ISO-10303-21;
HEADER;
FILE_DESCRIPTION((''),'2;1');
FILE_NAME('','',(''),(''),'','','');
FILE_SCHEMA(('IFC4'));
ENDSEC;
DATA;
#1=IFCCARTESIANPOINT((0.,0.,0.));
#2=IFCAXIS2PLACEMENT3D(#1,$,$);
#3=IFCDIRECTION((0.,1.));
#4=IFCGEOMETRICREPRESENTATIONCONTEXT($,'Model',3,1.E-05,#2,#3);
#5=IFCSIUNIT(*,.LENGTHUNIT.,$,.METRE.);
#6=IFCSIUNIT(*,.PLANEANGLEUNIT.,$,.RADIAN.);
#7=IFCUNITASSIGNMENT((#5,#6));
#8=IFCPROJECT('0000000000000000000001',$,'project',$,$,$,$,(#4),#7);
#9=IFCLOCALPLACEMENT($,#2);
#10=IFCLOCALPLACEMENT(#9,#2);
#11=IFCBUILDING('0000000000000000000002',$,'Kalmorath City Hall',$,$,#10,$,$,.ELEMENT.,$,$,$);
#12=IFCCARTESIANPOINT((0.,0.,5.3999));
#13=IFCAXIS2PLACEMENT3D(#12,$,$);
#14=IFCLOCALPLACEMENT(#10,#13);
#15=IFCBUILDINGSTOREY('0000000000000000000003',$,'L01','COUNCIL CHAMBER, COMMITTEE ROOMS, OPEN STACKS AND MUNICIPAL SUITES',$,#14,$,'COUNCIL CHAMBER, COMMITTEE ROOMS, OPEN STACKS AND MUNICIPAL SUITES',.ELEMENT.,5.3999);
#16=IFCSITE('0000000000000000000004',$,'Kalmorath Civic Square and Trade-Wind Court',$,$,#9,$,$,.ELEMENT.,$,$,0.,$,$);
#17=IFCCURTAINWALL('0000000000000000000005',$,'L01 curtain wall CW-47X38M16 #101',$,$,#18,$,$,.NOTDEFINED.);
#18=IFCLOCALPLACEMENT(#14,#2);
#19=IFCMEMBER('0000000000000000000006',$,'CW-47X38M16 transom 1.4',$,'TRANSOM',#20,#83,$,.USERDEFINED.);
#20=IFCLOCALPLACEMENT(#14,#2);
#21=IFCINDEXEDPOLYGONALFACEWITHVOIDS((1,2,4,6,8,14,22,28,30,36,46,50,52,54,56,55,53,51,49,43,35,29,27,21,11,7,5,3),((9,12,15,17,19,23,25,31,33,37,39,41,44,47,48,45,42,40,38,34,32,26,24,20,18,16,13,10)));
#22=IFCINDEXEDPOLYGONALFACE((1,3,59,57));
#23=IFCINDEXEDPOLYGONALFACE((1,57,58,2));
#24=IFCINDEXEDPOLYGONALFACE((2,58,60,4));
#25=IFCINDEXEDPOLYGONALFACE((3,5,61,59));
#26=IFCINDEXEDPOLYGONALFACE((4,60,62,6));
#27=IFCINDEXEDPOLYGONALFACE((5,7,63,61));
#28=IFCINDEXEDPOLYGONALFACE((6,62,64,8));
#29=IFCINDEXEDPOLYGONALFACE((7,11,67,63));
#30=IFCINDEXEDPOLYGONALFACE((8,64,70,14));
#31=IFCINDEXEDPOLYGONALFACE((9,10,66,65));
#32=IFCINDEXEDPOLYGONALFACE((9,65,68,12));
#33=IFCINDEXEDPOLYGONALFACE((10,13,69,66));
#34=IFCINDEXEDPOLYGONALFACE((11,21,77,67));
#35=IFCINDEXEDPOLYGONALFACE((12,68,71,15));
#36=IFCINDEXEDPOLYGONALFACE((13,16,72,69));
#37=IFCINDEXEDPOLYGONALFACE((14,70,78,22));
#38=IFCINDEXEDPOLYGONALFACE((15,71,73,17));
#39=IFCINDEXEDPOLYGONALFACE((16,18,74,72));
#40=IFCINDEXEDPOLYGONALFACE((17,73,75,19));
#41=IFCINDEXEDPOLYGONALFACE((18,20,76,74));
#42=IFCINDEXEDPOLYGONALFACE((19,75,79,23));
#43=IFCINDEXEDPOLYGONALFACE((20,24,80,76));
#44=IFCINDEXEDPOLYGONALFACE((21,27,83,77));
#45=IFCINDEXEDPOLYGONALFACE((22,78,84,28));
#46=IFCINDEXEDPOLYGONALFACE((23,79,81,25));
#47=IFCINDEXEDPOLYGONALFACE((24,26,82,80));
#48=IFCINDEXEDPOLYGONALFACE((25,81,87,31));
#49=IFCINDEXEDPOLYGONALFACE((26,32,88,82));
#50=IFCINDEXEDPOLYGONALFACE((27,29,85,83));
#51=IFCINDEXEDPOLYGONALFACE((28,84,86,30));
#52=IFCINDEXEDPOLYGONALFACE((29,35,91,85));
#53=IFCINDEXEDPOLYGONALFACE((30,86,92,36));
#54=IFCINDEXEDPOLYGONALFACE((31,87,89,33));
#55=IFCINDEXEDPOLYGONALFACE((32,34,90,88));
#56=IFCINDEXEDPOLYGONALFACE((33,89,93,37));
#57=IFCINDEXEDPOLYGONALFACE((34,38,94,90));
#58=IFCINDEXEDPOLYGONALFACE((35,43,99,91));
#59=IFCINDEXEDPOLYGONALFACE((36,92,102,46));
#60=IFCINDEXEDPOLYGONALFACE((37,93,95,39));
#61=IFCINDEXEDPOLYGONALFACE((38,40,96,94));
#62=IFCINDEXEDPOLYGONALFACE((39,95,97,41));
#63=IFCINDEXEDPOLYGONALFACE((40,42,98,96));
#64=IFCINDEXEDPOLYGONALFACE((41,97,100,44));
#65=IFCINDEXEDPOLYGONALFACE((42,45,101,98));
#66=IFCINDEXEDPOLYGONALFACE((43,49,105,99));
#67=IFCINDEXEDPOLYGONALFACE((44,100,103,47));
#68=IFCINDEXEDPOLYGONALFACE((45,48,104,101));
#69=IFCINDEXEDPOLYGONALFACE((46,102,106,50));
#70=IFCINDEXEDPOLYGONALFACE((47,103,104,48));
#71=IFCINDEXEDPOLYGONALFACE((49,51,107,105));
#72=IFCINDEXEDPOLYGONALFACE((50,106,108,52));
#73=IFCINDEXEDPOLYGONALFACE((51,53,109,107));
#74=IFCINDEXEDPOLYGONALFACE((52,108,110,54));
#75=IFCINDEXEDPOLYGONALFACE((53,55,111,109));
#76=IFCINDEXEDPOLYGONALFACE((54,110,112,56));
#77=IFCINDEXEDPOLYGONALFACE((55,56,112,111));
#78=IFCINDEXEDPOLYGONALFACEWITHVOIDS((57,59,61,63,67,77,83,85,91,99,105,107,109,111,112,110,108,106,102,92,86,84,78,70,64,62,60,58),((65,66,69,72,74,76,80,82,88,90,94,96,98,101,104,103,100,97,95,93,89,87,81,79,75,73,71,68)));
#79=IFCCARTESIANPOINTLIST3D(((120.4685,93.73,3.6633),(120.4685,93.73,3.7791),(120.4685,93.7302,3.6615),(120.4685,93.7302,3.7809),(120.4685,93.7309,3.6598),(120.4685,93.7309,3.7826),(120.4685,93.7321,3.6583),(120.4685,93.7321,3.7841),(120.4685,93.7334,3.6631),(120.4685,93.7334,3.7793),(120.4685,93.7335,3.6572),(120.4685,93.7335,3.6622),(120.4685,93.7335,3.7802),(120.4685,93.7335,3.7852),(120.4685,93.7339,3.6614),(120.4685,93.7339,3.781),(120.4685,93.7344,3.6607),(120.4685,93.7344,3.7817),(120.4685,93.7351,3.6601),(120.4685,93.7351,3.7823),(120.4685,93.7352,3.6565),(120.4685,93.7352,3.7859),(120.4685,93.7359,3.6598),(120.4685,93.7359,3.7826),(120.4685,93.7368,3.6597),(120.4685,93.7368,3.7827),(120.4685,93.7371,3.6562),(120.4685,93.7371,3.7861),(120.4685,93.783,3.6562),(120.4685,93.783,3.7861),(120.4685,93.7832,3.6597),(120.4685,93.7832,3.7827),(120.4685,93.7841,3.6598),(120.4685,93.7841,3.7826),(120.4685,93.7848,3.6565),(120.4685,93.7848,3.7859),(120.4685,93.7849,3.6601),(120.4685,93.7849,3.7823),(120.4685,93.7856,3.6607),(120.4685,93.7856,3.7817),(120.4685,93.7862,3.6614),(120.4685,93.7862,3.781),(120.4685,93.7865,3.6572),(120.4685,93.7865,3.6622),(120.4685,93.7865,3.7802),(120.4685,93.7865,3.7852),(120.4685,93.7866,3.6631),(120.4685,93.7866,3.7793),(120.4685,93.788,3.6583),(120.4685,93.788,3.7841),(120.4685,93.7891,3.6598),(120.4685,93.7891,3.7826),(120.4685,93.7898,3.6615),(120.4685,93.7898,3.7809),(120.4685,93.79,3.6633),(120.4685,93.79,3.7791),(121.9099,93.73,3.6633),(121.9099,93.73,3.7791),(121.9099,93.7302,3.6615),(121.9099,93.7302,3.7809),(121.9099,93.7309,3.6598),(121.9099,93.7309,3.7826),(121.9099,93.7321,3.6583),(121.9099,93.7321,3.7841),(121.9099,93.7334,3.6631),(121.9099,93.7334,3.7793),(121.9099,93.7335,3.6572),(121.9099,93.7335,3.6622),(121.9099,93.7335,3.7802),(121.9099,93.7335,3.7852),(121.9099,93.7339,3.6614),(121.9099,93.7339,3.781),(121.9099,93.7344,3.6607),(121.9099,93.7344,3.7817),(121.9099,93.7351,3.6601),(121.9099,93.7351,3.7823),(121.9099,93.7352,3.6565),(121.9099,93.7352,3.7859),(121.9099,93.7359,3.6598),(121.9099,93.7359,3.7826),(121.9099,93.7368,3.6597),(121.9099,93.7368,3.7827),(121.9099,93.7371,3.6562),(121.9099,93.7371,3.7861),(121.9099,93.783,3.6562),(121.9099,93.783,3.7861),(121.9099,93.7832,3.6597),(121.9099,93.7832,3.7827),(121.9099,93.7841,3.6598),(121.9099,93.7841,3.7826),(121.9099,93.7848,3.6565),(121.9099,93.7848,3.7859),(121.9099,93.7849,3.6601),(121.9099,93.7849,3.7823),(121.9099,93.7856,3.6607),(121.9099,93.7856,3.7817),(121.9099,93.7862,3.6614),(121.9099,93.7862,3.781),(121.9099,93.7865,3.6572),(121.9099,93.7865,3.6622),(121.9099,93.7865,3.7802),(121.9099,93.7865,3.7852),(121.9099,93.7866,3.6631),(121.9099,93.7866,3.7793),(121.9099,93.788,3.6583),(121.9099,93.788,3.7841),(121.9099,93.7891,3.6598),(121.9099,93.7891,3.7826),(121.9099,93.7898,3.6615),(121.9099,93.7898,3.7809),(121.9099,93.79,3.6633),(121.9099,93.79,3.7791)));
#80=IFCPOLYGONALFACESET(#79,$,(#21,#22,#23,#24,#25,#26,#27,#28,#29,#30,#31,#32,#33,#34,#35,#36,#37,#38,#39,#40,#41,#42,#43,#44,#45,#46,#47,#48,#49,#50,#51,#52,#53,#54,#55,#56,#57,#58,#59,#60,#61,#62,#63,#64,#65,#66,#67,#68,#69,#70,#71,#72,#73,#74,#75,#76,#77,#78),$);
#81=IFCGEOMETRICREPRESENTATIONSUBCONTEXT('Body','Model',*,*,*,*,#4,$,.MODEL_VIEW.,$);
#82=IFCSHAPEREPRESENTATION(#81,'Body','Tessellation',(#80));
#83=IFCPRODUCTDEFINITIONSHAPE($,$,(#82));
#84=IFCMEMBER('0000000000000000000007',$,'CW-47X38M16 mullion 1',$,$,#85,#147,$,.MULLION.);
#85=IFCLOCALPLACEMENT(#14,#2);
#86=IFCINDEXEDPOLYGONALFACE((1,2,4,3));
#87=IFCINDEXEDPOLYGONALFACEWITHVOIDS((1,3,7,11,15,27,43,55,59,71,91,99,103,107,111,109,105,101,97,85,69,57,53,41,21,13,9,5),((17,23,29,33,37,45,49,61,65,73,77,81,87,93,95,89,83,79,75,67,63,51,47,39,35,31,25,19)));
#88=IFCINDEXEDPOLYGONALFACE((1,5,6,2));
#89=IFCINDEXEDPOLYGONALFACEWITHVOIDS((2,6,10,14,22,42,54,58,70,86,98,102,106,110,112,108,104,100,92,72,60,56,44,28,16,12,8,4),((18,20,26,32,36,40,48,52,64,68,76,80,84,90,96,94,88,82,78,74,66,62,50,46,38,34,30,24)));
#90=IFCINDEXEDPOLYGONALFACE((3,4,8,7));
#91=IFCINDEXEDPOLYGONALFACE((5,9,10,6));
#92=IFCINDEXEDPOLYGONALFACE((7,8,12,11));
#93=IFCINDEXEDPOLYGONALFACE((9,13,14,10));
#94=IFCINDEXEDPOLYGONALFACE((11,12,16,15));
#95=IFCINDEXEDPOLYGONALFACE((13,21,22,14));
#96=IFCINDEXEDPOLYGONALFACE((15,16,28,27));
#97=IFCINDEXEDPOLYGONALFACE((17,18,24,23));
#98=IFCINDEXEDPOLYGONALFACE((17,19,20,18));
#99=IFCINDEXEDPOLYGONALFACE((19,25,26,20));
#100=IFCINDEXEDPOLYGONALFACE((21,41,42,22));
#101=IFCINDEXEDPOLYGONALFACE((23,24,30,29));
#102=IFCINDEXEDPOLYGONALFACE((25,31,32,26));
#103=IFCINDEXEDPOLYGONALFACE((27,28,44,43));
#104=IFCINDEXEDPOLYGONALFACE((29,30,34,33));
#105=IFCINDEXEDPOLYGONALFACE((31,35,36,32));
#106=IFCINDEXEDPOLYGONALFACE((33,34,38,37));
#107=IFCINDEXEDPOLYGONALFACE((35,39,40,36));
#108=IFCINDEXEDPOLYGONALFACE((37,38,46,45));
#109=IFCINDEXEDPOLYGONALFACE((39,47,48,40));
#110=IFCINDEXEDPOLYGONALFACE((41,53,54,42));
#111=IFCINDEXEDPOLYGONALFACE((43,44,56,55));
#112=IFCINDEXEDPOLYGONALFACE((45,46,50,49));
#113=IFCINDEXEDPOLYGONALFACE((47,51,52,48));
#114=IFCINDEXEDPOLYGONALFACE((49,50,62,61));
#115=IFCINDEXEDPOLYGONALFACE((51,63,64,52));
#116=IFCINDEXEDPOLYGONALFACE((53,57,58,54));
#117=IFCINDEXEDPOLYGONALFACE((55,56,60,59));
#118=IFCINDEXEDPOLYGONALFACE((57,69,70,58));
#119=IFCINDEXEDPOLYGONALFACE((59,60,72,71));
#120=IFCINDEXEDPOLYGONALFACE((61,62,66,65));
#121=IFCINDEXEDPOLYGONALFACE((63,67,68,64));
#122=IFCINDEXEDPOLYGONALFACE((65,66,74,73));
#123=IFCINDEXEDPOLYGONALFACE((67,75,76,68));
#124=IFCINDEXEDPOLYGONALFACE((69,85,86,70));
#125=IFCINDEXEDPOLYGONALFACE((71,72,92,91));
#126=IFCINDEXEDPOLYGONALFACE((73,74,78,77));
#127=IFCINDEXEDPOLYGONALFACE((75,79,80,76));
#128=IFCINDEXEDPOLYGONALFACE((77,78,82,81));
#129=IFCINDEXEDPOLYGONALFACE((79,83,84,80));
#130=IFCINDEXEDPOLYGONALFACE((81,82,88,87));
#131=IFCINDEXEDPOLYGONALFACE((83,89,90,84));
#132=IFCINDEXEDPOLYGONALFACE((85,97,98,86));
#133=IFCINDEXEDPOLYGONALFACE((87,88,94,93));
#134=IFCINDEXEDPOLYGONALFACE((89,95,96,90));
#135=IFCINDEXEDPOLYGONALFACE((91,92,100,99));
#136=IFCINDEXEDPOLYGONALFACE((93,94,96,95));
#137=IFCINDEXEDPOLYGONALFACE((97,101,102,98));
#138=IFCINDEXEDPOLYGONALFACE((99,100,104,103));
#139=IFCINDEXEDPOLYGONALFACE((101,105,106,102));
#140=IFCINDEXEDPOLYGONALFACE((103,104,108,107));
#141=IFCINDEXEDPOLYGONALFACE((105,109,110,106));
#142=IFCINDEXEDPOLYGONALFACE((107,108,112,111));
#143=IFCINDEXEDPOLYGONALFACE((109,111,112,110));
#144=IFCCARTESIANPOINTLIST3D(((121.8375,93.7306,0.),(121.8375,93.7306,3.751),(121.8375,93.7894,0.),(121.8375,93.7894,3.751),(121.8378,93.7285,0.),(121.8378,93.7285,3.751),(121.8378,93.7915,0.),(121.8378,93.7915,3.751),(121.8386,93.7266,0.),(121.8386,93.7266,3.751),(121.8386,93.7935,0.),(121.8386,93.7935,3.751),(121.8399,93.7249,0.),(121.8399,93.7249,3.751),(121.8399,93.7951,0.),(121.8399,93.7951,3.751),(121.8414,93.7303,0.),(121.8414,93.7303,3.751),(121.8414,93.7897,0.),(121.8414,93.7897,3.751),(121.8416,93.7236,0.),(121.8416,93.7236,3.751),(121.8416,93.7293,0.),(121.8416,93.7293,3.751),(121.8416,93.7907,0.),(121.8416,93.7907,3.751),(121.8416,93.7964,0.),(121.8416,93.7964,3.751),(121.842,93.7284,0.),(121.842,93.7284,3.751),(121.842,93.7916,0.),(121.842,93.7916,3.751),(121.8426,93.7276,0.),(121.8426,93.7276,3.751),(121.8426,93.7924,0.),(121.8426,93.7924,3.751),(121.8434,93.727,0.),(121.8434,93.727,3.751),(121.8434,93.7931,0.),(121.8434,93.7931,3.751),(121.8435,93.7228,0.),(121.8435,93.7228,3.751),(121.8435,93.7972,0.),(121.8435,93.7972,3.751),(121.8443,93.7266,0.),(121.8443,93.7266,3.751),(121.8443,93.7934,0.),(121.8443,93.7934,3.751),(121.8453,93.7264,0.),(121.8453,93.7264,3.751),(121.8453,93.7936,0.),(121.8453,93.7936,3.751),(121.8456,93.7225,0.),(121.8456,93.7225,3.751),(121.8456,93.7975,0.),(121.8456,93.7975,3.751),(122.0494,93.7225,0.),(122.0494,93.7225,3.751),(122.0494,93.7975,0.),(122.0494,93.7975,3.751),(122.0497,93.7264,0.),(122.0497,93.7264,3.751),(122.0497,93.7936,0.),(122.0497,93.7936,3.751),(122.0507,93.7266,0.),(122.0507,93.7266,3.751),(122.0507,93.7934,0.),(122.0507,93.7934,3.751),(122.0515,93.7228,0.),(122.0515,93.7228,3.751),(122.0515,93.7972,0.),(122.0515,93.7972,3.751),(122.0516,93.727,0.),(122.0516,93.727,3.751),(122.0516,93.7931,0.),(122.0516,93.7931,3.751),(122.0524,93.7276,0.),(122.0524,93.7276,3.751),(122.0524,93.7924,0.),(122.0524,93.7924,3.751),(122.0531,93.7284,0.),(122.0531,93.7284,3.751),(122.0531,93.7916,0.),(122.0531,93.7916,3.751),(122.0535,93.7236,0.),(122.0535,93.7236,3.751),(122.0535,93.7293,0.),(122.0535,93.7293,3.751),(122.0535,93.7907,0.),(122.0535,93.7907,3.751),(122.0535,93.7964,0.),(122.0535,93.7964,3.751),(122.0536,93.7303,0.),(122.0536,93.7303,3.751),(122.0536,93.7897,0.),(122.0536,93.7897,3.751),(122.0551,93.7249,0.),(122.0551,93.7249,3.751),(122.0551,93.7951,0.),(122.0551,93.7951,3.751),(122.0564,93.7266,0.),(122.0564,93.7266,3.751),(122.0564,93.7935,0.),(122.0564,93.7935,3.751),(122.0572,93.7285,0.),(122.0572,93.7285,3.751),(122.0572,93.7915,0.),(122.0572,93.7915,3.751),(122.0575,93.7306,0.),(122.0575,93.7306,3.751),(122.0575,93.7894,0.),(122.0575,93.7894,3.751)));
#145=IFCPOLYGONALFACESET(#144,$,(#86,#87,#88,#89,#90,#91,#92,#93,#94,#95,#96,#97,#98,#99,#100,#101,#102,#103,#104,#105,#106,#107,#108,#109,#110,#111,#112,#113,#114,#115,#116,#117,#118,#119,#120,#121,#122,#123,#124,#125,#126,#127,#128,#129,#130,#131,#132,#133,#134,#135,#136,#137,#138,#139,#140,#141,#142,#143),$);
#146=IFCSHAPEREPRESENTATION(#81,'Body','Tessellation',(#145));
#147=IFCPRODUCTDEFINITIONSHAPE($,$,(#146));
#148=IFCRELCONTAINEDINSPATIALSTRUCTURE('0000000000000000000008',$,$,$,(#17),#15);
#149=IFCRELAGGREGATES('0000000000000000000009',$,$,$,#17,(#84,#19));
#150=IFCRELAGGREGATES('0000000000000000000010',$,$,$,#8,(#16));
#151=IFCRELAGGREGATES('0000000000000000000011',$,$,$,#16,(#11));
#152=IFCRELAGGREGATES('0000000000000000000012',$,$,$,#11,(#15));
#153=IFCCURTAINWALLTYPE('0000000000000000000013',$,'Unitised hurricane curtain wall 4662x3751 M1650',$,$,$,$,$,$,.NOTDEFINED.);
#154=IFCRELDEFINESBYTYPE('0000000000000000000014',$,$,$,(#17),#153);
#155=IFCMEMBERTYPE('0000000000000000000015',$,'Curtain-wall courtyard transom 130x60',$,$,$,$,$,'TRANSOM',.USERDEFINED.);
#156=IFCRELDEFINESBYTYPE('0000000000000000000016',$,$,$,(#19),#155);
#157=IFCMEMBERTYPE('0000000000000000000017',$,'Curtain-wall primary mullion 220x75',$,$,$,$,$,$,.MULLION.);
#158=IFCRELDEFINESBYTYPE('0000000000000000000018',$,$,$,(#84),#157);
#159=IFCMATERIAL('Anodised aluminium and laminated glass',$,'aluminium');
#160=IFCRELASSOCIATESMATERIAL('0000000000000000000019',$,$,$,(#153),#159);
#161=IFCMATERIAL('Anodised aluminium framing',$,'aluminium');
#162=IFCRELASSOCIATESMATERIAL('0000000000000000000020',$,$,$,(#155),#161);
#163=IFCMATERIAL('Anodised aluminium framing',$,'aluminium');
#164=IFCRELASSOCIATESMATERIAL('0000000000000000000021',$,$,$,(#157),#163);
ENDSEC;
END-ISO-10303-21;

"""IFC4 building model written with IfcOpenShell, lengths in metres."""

from ifc_helpers import new_model, si_unit, direction, frame, origin, origin_2d, place, context, subcontext, project, spatial, hollow_rectangle, extrude, material, material_profile, profile_set, type_object, element, aggregate, save


model = new_model("IFC4")

# Units and contexts
model_context = context("Model", 3, precision=1e-05, world=origin(), true_north=direction((0.0, 1.0)))
body_context = subcontext(model_context, "Body", "Model", "MODEL_VIEW")
ifc_project = project(units=[si_unit("LENGTHUNIT", "METRE"), si_unit("PLANEANGLEUNIT", "RADIAN")], contexts=[model_context])

# Site, building, storey
site_placement = place(None, origin())
site = spatial("IfcSite", under=ifc_project, at=site_placement, Name="Kalmorath Civic Square and Trade-Wind Court", CompositionType="ELEMENT", RefElevation=0.0)
building_placement = place(site_placement, origin())
building = spatial("IfcBuilding", under=site, at=building_placement, Name="Kalmorath City Hall", CompositionType="ELEMENT")
storey_placement = place(building_placement, frame((0.0, 0.0, 5.3999)))
storey = spatial("IfcBuildingStorey", under=building, at=storey_placement, Name="L01", Description="COUNCIL CHAMBER, COMMITTEE ROOMS, OPEN STACKS AND MUNICIPAL SUITES", LongName="COUNCIL CHAMBER, COMMITTEE ROOMS, OPEN STACKS AND MUNICIPAL SUITES", CompositionType="ELEMENT", Elevation=5.3999)

# Curtain wall, members
ifc_material_1 = material(Name="Anodised aluminium and laminated glass", Category="aluminium")
curtain_wall_type = type_object("IfcCurtainWallType", Name="Unitised hurricane curtain wall 4662x3751 M1650", PredefinedType="NOTDEFINED", material=ifc_material_1)
curtain_wall_placement = place(storey_placement, origin())
curtain_wall = element("IfcCurtainWall", 1, at=curtain_wall_placement, inside=storey, type_object=curtain_wall_type, Name="L01 curtain wall CW-47X38M16 #101", PredefinedType="NOTDEFINED")
ifc_material_2 = material(Name="Anodised aluminium framing", Category="aluminium")
ifc_material_profile_1 = material_profile(ifc_material_2, hollow_rectangle(XDim=0.0601, YDim=0.1299, WallThickness=0.0034, InnerFilletRadius=0.0034, OuterFilletRadius=0.0071, at=origin_2d()), Name="ALU-TRN-130X60X3.5")
ifc_profile_set_1 = profile_set([ifc_material_profile_1], Name="Anodised aluminium framing")
member_type_1 = type_object("IfcMemberType", Name="Curtain-wall courtyard transom 130x60", ElementType="TRANSOM", PredefinedType="USERDEFINED", material=ifc_profile_set_1)
member_1_placement = place(storey_placement, frame((121.9099, 93.76, 3.7212), z_axis=(-1.0, 0.0, 0.0), x_axis=(0.0, -1.0, 0.0)))
member_1 = element("IfcMember", 2, at=member_1_placement, type_object=member_type_1, Name="CW-47X38M16 transom 1.4", ObjectType="TRANSOM", PredefinedType="USERDEFINED", context=body_context, shape_type="SweptSolid", body=[
    extrude(hollow_rectangle(XDim=0.0601, YDim=0.1299, WallThickness=0.0034, InnerFilletRadius=0.0034, OuterFilletRadius=0.0071, at=origin_2d()), origin(), (0.0, 0.0, 1.0), 1.4414),
])
ifc_material_3 = material(Name="Anodised aluminium framing", Category="aluminium")
ifc_material_profile_2 = material_profile(ifc_material_3, hollow_rectangle(XDim=0.075, YDim=0.22, WallThickness=0.0039, InnerFilletRadius=0.0039, OuterFilletRadius=0.0081, at=origin_2d()), Name="ALU-MUL-220X75X4")
ifc_profile_set_2 = profile_set([ifc_material_profile_2], Name="Anodised aluminium framing")
member_type_2 = type_object("IfcMemberType", Name="Curtain-wall primary mullion 220x75", PredefinedType="MULLION", material=ifc_profile_set_2)
member_2_placement = place(storey_placement, frame((121.9475, 93.76, 0.0), z_axis=(0.0, 0.0, 1.0), x_axis=(0.0, -1.0, 0.0)))
member_2 = element("IfcMember", 3, at=member_2_placement, type_object=member_type_2, Name="CW-47X38M16 mullion 1", PredefinedType="MULLION", context=body_context, shape_type="SweptSolid", body=[
    extrude(hollow_rectangle(XDim=0.075, YDim=0.22, WallThickness=0.0039, InnerFilletRadius=0.0039, OuterFilletRadius=0.0081, at=origin_2d()), origin(), (0.0, 0.0, 1.0), 3.751),
])

aggregate(curtain_wall, [member_2, member_1])

save(model, "model.ifc")
